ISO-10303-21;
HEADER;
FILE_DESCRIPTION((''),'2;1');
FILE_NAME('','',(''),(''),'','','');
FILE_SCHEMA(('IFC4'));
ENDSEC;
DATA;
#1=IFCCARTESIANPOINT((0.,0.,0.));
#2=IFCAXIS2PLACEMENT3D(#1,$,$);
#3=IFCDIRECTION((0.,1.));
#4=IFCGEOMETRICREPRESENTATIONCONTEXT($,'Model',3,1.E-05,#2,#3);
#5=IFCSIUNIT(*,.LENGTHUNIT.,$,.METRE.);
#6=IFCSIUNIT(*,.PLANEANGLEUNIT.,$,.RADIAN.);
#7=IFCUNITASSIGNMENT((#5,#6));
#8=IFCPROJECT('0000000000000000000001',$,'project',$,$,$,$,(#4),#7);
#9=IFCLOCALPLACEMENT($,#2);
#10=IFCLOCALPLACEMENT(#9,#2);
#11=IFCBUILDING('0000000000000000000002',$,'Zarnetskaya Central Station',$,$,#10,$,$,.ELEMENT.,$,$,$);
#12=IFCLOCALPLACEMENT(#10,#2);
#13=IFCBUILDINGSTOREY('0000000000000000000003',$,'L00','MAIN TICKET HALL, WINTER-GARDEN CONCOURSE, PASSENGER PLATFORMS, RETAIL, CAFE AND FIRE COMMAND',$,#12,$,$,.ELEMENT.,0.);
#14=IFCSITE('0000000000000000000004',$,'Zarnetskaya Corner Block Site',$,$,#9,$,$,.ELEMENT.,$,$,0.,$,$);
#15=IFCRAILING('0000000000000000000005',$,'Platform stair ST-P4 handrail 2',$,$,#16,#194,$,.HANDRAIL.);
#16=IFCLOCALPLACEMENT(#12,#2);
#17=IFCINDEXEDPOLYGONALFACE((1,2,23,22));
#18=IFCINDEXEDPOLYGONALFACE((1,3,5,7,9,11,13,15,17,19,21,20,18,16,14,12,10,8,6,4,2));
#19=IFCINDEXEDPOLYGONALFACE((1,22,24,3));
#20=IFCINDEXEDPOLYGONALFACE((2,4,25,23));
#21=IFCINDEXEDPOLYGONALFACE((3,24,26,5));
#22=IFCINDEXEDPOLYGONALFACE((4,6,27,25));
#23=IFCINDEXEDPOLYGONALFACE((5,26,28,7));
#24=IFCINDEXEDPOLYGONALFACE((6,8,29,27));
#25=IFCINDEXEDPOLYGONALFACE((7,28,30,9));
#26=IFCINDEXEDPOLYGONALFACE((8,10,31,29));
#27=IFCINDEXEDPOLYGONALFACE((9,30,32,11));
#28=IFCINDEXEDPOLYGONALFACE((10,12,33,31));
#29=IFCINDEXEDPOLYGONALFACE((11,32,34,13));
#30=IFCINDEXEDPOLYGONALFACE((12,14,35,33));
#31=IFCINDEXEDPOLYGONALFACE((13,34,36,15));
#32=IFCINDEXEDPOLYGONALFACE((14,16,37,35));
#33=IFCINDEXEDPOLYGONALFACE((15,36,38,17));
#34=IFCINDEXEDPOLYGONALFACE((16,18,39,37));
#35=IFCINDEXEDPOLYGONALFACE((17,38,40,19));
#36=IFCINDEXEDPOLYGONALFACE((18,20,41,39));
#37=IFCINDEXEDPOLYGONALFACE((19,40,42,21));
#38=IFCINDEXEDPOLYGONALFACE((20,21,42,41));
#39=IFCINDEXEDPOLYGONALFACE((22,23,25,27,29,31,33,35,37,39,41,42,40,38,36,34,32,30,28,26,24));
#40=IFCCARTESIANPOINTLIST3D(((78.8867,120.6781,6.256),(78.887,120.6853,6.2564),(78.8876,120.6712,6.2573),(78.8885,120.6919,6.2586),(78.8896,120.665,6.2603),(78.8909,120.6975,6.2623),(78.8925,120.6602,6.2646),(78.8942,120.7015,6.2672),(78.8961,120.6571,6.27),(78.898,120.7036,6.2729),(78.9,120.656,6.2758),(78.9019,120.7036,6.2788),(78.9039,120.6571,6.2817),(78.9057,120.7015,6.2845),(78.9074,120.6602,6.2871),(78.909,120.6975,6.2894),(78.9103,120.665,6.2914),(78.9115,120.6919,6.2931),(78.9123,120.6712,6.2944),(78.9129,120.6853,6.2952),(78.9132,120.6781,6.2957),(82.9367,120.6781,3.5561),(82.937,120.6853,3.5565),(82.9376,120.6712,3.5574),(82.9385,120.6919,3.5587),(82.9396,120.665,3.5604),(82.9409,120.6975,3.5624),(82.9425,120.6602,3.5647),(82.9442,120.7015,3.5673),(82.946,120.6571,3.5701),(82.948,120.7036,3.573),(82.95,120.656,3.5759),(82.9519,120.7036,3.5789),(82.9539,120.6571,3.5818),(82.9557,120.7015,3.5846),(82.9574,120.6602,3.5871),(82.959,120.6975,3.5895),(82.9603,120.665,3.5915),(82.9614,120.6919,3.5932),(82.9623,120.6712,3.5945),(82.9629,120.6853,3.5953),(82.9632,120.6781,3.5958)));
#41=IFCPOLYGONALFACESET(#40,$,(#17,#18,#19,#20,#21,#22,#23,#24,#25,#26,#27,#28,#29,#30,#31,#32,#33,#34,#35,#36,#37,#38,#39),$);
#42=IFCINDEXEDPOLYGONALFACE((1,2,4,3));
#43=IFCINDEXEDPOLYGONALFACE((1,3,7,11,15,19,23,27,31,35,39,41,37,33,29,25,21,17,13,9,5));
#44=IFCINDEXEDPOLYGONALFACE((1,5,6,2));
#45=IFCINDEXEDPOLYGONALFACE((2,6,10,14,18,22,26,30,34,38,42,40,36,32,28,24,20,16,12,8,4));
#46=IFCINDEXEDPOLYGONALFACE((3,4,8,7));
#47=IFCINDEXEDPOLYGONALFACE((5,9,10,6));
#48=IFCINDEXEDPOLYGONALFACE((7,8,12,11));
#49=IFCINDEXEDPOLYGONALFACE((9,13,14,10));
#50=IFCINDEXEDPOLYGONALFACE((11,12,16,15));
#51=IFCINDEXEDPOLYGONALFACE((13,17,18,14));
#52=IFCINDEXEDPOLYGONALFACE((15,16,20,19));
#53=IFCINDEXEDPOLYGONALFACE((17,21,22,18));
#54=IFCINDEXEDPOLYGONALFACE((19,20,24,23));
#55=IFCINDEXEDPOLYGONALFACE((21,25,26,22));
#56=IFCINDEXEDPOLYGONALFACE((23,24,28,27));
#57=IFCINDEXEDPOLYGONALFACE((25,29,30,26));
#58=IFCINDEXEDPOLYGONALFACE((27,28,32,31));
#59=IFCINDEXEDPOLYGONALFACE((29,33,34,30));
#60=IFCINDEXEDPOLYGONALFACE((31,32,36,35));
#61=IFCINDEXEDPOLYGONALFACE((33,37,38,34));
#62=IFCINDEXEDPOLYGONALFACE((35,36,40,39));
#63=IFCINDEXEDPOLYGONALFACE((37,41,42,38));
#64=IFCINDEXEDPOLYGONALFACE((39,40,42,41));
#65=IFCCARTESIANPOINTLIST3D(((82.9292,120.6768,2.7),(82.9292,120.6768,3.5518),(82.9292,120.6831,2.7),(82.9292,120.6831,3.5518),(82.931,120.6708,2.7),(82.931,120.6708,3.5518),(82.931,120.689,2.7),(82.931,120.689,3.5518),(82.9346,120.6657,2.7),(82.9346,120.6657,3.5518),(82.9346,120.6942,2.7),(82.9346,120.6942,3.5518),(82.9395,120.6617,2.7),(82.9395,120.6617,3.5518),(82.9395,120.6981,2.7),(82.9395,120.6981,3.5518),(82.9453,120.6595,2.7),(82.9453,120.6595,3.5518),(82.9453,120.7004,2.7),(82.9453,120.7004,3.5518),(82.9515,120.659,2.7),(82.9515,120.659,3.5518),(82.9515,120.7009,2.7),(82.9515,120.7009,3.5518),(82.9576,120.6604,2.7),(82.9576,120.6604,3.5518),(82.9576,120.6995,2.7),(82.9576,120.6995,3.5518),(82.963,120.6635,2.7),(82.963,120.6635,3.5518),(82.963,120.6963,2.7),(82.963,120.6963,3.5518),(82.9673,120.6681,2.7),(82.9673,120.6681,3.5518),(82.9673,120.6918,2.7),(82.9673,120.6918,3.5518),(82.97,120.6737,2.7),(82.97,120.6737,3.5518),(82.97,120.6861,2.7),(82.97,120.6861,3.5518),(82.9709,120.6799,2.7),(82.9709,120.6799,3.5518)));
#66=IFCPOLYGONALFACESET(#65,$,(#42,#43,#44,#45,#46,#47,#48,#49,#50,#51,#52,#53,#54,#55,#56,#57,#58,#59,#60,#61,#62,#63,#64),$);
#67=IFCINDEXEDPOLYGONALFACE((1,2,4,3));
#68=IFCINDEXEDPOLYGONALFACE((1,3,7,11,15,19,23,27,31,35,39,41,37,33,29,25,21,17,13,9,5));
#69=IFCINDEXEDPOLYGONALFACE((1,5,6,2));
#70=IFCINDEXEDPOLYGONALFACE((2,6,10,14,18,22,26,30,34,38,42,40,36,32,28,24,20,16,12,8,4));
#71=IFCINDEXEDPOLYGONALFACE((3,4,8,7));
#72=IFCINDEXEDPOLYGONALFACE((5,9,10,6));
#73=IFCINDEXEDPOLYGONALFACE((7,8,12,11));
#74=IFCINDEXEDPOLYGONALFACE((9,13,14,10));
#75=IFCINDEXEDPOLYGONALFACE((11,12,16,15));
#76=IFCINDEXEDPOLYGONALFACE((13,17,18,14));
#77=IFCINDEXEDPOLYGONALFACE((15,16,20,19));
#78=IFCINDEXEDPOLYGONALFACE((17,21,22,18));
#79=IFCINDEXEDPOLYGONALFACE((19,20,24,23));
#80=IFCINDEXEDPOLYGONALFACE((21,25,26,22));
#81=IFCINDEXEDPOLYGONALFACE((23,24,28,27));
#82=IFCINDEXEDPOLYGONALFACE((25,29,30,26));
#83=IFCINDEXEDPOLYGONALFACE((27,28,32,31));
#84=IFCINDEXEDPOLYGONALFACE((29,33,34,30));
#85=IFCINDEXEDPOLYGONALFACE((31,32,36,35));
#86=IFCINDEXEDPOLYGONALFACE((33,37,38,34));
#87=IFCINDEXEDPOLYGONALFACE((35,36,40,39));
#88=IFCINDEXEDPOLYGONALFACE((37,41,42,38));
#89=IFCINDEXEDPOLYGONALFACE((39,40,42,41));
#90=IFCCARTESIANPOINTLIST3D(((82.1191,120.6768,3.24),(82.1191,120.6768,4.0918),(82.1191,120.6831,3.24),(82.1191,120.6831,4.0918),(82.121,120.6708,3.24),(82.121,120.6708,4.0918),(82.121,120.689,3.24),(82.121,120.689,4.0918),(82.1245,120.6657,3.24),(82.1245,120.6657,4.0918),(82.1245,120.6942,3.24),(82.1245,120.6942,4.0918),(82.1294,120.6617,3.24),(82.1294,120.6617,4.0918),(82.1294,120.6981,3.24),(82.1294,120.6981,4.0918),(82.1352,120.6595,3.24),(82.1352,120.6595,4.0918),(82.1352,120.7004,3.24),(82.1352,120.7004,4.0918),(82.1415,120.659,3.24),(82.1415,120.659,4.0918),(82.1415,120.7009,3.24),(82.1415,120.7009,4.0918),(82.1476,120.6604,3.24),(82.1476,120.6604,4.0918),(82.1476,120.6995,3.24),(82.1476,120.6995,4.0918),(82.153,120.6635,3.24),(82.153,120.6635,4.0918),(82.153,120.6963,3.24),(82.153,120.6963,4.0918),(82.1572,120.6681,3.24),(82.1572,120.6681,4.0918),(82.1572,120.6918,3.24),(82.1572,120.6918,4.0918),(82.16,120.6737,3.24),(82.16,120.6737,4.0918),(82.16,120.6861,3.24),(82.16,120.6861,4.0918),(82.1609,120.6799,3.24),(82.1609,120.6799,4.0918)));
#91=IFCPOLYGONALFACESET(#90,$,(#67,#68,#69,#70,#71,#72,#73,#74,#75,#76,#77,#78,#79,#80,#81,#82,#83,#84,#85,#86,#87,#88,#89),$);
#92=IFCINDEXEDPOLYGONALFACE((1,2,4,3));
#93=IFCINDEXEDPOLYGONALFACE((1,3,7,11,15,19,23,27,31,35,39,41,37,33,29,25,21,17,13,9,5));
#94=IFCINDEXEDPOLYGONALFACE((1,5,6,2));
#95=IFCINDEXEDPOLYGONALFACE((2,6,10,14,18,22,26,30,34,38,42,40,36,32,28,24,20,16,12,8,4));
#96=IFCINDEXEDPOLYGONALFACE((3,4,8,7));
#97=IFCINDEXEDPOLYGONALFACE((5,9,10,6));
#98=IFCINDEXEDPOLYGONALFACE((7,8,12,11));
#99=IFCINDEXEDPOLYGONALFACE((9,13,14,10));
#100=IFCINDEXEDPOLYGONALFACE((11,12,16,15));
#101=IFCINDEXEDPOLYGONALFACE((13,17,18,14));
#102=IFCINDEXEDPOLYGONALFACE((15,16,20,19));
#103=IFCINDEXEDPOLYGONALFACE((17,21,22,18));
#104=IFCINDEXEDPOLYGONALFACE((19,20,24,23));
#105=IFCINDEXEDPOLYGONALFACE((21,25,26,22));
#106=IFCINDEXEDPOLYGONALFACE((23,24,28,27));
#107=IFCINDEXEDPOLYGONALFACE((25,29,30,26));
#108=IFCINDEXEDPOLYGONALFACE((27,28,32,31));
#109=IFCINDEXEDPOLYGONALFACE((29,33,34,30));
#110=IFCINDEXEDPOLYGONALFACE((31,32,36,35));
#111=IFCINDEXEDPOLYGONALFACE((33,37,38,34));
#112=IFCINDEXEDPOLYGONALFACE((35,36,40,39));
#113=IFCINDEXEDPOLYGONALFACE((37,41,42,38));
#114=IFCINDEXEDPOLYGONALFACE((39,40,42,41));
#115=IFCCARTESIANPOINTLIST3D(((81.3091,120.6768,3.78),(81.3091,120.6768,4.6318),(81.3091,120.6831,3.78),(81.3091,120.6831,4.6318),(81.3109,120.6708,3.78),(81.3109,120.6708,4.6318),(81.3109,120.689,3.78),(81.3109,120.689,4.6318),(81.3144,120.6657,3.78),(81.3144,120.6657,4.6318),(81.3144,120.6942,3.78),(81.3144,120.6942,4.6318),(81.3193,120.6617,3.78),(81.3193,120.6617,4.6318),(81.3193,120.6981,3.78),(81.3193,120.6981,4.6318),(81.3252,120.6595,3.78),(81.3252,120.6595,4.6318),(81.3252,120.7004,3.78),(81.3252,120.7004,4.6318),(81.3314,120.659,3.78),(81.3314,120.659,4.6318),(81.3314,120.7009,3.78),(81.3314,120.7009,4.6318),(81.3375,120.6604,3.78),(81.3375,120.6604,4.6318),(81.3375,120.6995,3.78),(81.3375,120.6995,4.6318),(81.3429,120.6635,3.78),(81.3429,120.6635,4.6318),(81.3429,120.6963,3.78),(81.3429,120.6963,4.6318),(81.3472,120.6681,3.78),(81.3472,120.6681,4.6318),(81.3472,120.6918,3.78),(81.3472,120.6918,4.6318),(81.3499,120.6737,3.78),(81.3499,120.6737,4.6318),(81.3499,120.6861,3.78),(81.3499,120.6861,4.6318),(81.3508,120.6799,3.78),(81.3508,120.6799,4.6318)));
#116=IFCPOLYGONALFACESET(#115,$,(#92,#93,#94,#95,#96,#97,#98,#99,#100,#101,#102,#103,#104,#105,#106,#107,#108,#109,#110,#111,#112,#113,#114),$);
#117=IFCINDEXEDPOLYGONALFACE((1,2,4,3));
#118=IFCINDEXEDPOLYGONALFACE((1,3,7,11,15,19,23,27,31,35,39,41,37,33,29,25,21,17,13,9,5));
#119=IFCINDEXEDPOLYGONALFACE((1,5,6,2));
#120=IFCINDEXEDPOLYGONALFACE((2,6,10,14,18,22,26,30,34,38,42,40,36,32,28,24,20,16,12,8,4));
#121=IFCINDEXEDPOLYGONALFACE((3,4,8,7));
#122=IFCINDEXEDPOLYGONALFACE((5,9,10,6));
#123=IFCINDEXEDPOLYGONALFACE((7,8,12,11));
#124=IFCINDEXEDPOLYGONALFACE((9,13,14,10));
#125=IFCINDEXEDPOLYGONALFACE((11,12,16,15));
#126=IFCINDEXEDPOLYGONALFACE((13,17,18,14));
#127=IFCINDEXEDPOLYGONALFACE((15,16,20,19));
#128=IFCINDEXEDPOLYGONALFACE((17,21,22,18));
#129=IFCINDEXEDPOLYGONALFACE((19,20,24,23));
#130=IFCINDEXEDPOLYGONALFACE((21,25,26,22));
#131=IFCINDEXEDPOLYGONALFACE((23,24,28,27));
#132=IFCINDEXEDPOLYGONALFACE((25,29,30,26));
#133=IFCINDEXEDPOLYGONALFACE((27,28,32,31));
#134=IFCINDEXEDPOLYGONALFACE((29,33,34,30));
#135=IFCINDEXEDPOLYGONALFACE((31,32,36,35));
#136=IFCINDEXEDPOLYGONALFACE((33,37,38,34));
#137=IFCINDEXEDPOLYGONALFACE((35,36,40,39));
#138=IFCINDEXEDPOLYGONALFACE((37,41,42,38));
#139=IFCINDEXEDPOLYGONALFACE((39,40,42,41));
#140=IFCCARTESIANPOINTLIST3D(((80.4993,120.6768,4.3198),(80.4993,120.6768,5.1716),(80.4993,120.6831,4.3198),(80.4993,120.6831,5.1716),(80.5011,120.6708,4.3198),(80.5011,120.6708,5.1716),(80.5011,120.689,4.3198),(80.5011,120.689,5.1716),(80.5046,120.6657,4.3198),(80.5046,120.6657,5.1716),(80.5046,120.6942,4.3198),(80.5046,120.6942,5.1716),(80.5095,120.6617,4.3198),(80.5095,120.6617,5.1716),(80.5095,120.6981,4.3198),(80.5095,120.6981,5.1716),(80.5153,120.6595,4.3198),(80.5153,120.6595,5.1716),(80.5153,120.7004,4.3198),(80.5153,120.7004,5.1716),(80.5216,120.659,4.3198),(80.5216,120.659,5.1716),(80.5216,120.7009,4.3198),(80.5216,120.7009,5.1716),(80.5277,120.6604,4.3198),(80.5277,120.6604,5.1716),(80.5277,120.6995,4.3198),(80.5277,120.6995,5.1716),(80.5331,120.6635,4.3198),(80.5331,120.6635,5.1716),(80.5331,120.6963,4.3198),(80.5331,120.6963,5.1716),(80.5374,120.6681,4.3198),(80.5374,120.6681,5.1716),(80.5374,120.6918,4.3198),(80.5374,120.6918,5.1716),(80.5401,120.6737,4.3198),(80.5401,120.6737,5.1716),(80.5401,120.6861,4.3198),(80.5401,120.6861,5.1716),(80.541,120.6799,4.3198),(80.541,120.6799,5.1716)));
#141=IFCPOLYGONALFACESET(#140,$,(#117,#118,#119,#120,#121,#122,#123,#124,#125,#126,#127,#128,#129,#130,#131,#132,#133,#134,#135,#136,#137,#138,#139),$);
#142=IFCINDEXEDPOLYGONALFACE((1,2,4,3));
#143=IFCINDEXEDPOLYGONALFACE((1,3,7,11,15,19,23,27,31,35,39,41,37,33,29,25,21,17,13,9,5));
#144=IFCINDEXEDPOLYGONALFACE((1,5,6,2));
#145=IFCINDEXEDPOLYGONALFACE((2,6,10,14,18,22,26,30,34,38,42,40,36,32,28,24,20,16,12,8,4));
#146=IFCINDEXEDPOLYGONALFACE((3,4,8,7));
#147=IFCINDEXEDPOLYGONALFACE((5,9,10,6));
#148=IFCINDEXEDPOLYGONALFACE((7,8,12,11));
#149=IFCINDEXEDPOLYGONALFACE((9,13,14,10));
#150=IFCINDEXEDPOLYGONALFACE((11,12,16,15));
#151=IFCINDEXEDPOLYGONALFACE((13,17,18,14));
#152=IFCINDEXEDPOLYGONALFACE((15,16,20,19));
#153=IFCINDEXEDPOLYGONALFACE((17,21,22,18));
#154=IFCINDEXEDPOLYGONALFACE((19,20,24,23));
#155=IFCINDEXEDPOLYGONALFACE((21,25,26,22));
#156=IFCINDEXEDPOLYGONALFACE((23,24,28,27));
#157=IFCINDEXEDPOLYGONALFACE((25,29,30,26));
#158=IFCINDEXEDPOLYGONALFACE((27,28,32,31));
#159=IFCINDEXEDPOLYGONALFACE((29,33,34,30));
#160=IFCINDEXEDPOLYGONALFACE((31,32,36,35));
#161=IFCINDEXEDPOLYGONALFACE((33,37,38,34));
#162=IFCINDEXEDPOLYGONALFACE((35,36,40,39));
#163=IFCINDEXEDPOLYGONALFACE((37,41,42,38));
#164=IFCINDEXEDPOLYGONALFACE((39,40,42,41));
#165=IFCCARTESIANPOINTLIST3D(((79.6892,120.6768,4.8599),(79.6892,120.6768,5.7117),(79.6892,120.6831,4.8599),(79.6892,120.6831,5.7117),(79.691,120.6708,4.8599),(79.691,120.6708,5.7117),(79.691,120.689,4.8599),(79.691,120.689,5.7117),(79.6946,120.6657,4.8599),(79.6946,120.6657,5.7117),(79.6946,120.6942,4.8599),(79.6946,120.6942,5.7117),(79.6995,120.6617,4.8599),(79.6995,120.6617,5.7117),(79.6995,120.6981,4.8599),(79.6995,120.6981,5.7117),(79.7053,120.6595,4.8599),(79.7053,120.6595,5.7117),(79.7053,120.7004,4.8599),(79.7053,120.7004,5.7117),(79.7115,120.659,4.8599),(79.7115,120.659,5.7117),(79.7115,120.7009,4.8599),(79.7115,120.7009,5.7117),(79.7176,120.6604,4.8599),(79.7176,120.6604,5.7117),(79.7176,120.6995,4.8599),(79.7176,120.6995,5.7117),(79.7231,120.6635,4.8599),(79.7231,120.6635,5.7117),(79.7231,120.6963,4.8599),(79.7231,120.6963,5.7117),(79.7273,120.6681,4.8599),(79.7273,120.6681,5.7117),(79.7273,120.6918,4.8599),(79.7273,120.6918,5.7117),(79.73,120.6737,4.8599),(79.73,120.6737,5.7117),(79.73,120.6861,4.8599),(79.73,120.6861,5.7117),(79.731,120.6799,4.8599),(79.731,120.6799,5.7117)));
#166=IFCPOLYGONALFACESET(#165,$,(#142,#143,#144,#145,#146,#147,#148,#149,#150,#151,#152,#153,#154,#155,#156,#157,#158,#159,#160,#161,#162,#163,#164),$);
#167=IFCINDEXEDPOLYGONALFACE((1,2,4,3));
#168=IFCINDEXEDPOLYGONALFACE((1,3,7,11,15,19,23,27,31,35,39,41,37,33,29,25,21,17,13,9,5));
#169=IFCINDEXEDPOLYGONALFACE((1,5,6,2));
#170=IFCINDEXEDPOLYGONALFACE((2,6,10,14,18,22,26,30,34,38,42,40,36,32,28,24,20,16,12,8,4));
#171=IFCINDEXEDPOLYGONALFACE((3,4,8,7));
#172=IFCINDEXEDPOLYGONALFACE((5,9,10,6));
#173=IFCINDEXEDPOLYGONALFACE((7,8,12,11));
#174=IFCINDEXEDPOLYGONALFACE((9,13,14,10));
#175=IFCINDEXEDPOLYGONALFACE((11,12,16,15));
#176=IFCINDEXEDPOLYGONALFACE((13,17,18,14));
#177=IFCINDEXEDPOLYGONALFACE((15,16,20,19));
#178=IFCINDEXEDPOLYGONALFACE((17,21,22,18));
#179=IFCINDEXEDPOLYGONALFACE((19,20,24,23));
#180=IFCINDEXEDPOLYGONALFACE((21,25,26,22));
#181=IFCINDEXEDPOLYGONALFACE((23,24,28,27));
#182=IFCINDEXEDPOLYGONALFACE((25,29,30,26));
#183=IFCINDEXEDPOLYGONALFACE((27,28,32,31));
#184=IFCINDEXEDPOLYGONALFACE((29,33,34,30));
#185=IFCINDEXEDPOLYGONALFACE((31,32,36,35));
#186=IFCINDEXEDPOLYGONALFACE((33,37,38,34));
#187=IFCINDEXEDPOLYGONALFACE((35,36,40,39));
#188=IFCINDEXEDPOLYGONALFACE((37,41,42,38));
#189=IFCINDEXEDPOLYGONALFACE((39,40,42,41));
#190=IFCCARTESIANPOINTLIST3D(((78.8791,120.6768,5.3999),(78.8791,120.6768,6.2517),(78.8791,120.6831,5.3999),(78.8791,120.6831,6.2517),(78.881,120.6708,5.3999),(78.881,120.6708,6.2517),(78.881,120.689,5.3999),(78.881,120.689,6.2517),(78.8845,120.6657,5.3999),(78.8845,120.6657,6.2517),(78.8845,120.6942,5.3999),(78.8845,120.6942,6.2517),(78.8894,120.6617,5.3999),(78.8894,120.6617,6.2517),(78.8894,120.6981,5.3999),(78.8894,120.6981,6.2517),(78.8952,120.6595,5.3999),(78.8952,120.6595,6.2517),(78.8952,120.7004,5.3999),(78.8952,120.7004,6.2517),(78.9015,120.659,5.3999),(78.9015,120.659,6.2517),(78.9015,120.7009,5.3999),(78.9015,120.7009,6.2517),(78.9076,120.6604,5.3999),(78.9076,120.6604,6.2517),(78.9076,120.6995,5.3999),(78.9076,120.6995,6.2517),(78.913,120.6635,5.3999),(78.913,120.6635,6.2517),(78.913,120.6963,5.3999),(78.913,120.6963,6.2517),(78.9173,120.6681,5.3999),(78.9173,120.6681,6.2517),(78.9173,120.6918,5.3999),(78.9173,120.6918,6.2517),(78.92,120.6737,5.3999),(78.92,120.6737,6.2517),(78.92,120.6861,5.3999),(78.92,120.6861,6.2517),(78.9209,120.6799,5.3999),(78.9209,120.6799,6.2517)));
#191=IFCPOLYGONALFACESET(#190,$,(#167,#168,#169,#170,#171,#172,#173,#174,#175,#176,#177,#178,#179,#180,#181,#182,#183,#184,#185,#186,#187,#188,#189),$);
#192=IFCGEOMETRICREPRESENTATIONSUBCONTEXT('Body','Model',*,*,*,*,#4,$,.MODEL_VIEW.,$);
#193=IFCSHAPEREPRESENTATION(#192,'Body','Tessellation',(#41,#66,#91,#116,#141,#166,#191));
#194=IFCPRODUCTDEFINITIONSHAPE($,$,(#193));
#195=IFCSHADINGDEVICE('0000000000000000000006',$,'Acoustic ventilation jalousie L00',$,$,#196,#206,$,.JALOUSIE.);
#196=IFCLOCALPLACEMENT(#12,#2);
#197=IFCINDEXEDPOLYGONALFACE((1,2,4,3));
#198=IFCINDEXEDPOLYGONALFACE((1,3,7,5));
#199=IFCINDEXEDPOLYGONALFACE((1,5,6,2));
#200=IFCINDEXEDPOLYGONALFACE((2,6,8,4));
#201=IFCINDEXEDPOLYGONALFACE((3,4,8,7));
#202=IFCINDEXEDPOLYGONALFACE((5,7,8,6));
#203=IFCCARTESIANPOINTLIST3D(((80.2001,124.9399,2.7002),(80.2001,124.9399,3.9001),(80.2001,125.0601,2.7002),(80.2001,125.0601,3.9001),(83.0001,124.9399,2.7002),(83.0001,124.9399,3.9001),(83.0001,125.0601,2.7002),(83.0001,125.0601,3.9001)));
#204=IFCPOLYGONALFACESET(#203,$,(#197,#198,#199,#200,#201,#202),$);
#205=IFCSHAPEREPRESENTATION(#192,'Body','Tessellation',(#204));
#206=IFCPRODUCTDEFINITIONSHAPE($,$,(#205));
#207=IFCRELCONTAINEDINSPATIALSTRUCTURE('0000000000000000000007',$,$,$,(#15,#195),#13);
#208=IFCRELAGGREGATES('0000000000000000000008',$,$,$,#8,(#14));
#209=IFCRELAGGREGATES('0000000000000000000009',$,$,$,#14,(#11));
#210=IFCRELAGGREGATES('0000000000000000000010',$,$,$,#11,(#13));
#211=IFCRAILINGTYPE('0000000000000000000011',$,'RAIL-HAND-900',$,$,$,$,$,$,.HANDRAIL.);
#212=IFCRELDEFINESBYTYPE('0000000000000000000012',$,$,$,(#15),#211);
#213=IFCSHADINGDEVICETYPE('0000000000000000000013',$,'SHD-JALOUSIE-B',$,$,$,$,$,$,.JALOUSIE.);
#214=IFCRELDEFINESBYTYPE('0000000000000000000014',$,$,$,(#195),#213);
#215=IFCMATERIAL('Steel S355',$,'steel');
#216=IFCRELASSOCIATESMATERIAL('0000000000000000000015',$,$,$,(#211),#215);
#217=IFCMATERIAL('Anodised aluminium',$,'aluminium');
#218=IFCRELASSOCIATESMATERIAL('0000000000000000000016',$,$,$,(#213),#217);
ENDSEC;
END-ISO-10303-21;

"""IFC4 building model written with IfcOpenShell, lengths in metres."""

from ifc_helpers import new_model, si_unit, direction, frame, origin, origin_2d, place, context, subcontext, project, spatial, rectangle, circle, extrude, material, type_object, element, save


model = new_model("IFC4")

# Units and contexts
model_context = context("Model", 3, precision=1e-05, world=origin(), true_north=direction((0.0, 1.0)))
body_context = subcontext(model_context, "Body", "Model", "MODEL_VIEW")
ifc_project = project(units=[si_unit("LENGTHUNIT", "METRE"), si_unit("PLANEANGLEUNIT", "RADIAN")], contexts=[model_context])

# Site, building, storey
site_placement = place(None, origin())
site = spatial("IfcSite", under=ifc_project, at=site_placement, Name="Zarnetskaya Corner Block Site", CompositionType="ELEMENT", RefElevation=0.0)
building_placement = place(site_placement, origin())
building = spatial("IfcBuilding", under=site, at=building_placement, Name="Zarnetskaya Central Station", CompositionType="ELEMENT")
storey_placement = place(building_placement, origin())
storey = spatial("IfcBuildingStorey", under=building, at=storey_placement, Name="L00", Description="MAIN TICKET HALL, WINTER-GARDEN CONCOURSE, PASSENGER PLATFORMS, RETAIL, CAFE AND FIRE COMMAND", CompositionType="ELEMENT", Elevation=0.0)

# Shared definitions
ifc_material_1 = material(Name="Steel S355", Category="steel")

# Shared definitions
ifc_material_2 = material(Name="Anodised aluminium", Category="aluminium")

# Railing
railing_type_1 = type_object("IfcRailingType", Name="RAIL-HAND-900", PredefinedType="HANDRAIL", material=ifc_material_1)
railing_1_placement = place(storey_placement, frame((82.95, 120.6799, 2.7)))
element("IfcRailing", 1, at=railing_1_placement, inside=storey, type_object=railing_type_1, Name="Platform stair ST-P4 handrail 2", PredefinedType="HANDRAIL", context=body_context, shape_type="SweptSolid", body=[
    extrude(circle(Radius=0.0239, at=origin_2d()), frame((0.0, 0.0, 0.876), z_axis=(-0.832058, 0.0, 0.554689), x_axis=(0.0, -1.0, 0.0)), (0.0, 0.0, 1.0), 4.8674),
    extrude(circle(Radius=0.021, at=origin_2d()), origin(), (0.0, 0.0, 1.0), 0.8518),
    extrude(circle(Radius=0.021, at=origin_2d()), frame((-0.8101, 0.0, 0.54)), (0.0, 0.0, 1.0), 0.8518),
    extrude(circle(Radius=0.021, at=origin_2d()), frame((-1.6201, 0.0, 1.0801)), (0.0, 0.0, 1.0), 0.8518),
    extrude(circle(Radius=0.021, at=origin_2d()), frame((-2.4299, 0.0, 1.6199)), (0.0, 0.0, 1.0), 0.8518),
    extrude(circle(Radius=0.021, at=origin_2d()), frame((-3.24, 0.0, 2.1599)), (0.0, 0.0, 1.0), 0.8518),
    extrude(circle(Radius=0.021, at=origin_2d()), frame((-4.05, 0.0, 2.7)), (0.0, 0.0, 1.0), 0.8518),
])

# Shading device
shading_device_type = type_object("IfcShadingDeviceType", Name="SHD-JALOUSIE-B", PredefinedType="JALOUSIE", material=ifc_material_2)
shading_device_placement = place(storey_placement, frame((81.6001, 125.0, 2.7002), z_axis=(0.0, 0.0, 1.0), x_axis=(1.0, 0.0, 0.0)))
element("IfcShadingDevice", 2, at=shading_device_placement, inside=storey, type_object=shading_device_type, Name="Acoustic ventilation jalousie L00", PredefinedType="JALOUSIE", context=body_context, shape_type="SweptSolid", body=[
    extrude(rectangle(XDim=2.8, YDim=0.1201, at=origin_2d()), origin(), (0.0, 0.0, 1.0), 1.2),
])

save(model, "model.ifc")
